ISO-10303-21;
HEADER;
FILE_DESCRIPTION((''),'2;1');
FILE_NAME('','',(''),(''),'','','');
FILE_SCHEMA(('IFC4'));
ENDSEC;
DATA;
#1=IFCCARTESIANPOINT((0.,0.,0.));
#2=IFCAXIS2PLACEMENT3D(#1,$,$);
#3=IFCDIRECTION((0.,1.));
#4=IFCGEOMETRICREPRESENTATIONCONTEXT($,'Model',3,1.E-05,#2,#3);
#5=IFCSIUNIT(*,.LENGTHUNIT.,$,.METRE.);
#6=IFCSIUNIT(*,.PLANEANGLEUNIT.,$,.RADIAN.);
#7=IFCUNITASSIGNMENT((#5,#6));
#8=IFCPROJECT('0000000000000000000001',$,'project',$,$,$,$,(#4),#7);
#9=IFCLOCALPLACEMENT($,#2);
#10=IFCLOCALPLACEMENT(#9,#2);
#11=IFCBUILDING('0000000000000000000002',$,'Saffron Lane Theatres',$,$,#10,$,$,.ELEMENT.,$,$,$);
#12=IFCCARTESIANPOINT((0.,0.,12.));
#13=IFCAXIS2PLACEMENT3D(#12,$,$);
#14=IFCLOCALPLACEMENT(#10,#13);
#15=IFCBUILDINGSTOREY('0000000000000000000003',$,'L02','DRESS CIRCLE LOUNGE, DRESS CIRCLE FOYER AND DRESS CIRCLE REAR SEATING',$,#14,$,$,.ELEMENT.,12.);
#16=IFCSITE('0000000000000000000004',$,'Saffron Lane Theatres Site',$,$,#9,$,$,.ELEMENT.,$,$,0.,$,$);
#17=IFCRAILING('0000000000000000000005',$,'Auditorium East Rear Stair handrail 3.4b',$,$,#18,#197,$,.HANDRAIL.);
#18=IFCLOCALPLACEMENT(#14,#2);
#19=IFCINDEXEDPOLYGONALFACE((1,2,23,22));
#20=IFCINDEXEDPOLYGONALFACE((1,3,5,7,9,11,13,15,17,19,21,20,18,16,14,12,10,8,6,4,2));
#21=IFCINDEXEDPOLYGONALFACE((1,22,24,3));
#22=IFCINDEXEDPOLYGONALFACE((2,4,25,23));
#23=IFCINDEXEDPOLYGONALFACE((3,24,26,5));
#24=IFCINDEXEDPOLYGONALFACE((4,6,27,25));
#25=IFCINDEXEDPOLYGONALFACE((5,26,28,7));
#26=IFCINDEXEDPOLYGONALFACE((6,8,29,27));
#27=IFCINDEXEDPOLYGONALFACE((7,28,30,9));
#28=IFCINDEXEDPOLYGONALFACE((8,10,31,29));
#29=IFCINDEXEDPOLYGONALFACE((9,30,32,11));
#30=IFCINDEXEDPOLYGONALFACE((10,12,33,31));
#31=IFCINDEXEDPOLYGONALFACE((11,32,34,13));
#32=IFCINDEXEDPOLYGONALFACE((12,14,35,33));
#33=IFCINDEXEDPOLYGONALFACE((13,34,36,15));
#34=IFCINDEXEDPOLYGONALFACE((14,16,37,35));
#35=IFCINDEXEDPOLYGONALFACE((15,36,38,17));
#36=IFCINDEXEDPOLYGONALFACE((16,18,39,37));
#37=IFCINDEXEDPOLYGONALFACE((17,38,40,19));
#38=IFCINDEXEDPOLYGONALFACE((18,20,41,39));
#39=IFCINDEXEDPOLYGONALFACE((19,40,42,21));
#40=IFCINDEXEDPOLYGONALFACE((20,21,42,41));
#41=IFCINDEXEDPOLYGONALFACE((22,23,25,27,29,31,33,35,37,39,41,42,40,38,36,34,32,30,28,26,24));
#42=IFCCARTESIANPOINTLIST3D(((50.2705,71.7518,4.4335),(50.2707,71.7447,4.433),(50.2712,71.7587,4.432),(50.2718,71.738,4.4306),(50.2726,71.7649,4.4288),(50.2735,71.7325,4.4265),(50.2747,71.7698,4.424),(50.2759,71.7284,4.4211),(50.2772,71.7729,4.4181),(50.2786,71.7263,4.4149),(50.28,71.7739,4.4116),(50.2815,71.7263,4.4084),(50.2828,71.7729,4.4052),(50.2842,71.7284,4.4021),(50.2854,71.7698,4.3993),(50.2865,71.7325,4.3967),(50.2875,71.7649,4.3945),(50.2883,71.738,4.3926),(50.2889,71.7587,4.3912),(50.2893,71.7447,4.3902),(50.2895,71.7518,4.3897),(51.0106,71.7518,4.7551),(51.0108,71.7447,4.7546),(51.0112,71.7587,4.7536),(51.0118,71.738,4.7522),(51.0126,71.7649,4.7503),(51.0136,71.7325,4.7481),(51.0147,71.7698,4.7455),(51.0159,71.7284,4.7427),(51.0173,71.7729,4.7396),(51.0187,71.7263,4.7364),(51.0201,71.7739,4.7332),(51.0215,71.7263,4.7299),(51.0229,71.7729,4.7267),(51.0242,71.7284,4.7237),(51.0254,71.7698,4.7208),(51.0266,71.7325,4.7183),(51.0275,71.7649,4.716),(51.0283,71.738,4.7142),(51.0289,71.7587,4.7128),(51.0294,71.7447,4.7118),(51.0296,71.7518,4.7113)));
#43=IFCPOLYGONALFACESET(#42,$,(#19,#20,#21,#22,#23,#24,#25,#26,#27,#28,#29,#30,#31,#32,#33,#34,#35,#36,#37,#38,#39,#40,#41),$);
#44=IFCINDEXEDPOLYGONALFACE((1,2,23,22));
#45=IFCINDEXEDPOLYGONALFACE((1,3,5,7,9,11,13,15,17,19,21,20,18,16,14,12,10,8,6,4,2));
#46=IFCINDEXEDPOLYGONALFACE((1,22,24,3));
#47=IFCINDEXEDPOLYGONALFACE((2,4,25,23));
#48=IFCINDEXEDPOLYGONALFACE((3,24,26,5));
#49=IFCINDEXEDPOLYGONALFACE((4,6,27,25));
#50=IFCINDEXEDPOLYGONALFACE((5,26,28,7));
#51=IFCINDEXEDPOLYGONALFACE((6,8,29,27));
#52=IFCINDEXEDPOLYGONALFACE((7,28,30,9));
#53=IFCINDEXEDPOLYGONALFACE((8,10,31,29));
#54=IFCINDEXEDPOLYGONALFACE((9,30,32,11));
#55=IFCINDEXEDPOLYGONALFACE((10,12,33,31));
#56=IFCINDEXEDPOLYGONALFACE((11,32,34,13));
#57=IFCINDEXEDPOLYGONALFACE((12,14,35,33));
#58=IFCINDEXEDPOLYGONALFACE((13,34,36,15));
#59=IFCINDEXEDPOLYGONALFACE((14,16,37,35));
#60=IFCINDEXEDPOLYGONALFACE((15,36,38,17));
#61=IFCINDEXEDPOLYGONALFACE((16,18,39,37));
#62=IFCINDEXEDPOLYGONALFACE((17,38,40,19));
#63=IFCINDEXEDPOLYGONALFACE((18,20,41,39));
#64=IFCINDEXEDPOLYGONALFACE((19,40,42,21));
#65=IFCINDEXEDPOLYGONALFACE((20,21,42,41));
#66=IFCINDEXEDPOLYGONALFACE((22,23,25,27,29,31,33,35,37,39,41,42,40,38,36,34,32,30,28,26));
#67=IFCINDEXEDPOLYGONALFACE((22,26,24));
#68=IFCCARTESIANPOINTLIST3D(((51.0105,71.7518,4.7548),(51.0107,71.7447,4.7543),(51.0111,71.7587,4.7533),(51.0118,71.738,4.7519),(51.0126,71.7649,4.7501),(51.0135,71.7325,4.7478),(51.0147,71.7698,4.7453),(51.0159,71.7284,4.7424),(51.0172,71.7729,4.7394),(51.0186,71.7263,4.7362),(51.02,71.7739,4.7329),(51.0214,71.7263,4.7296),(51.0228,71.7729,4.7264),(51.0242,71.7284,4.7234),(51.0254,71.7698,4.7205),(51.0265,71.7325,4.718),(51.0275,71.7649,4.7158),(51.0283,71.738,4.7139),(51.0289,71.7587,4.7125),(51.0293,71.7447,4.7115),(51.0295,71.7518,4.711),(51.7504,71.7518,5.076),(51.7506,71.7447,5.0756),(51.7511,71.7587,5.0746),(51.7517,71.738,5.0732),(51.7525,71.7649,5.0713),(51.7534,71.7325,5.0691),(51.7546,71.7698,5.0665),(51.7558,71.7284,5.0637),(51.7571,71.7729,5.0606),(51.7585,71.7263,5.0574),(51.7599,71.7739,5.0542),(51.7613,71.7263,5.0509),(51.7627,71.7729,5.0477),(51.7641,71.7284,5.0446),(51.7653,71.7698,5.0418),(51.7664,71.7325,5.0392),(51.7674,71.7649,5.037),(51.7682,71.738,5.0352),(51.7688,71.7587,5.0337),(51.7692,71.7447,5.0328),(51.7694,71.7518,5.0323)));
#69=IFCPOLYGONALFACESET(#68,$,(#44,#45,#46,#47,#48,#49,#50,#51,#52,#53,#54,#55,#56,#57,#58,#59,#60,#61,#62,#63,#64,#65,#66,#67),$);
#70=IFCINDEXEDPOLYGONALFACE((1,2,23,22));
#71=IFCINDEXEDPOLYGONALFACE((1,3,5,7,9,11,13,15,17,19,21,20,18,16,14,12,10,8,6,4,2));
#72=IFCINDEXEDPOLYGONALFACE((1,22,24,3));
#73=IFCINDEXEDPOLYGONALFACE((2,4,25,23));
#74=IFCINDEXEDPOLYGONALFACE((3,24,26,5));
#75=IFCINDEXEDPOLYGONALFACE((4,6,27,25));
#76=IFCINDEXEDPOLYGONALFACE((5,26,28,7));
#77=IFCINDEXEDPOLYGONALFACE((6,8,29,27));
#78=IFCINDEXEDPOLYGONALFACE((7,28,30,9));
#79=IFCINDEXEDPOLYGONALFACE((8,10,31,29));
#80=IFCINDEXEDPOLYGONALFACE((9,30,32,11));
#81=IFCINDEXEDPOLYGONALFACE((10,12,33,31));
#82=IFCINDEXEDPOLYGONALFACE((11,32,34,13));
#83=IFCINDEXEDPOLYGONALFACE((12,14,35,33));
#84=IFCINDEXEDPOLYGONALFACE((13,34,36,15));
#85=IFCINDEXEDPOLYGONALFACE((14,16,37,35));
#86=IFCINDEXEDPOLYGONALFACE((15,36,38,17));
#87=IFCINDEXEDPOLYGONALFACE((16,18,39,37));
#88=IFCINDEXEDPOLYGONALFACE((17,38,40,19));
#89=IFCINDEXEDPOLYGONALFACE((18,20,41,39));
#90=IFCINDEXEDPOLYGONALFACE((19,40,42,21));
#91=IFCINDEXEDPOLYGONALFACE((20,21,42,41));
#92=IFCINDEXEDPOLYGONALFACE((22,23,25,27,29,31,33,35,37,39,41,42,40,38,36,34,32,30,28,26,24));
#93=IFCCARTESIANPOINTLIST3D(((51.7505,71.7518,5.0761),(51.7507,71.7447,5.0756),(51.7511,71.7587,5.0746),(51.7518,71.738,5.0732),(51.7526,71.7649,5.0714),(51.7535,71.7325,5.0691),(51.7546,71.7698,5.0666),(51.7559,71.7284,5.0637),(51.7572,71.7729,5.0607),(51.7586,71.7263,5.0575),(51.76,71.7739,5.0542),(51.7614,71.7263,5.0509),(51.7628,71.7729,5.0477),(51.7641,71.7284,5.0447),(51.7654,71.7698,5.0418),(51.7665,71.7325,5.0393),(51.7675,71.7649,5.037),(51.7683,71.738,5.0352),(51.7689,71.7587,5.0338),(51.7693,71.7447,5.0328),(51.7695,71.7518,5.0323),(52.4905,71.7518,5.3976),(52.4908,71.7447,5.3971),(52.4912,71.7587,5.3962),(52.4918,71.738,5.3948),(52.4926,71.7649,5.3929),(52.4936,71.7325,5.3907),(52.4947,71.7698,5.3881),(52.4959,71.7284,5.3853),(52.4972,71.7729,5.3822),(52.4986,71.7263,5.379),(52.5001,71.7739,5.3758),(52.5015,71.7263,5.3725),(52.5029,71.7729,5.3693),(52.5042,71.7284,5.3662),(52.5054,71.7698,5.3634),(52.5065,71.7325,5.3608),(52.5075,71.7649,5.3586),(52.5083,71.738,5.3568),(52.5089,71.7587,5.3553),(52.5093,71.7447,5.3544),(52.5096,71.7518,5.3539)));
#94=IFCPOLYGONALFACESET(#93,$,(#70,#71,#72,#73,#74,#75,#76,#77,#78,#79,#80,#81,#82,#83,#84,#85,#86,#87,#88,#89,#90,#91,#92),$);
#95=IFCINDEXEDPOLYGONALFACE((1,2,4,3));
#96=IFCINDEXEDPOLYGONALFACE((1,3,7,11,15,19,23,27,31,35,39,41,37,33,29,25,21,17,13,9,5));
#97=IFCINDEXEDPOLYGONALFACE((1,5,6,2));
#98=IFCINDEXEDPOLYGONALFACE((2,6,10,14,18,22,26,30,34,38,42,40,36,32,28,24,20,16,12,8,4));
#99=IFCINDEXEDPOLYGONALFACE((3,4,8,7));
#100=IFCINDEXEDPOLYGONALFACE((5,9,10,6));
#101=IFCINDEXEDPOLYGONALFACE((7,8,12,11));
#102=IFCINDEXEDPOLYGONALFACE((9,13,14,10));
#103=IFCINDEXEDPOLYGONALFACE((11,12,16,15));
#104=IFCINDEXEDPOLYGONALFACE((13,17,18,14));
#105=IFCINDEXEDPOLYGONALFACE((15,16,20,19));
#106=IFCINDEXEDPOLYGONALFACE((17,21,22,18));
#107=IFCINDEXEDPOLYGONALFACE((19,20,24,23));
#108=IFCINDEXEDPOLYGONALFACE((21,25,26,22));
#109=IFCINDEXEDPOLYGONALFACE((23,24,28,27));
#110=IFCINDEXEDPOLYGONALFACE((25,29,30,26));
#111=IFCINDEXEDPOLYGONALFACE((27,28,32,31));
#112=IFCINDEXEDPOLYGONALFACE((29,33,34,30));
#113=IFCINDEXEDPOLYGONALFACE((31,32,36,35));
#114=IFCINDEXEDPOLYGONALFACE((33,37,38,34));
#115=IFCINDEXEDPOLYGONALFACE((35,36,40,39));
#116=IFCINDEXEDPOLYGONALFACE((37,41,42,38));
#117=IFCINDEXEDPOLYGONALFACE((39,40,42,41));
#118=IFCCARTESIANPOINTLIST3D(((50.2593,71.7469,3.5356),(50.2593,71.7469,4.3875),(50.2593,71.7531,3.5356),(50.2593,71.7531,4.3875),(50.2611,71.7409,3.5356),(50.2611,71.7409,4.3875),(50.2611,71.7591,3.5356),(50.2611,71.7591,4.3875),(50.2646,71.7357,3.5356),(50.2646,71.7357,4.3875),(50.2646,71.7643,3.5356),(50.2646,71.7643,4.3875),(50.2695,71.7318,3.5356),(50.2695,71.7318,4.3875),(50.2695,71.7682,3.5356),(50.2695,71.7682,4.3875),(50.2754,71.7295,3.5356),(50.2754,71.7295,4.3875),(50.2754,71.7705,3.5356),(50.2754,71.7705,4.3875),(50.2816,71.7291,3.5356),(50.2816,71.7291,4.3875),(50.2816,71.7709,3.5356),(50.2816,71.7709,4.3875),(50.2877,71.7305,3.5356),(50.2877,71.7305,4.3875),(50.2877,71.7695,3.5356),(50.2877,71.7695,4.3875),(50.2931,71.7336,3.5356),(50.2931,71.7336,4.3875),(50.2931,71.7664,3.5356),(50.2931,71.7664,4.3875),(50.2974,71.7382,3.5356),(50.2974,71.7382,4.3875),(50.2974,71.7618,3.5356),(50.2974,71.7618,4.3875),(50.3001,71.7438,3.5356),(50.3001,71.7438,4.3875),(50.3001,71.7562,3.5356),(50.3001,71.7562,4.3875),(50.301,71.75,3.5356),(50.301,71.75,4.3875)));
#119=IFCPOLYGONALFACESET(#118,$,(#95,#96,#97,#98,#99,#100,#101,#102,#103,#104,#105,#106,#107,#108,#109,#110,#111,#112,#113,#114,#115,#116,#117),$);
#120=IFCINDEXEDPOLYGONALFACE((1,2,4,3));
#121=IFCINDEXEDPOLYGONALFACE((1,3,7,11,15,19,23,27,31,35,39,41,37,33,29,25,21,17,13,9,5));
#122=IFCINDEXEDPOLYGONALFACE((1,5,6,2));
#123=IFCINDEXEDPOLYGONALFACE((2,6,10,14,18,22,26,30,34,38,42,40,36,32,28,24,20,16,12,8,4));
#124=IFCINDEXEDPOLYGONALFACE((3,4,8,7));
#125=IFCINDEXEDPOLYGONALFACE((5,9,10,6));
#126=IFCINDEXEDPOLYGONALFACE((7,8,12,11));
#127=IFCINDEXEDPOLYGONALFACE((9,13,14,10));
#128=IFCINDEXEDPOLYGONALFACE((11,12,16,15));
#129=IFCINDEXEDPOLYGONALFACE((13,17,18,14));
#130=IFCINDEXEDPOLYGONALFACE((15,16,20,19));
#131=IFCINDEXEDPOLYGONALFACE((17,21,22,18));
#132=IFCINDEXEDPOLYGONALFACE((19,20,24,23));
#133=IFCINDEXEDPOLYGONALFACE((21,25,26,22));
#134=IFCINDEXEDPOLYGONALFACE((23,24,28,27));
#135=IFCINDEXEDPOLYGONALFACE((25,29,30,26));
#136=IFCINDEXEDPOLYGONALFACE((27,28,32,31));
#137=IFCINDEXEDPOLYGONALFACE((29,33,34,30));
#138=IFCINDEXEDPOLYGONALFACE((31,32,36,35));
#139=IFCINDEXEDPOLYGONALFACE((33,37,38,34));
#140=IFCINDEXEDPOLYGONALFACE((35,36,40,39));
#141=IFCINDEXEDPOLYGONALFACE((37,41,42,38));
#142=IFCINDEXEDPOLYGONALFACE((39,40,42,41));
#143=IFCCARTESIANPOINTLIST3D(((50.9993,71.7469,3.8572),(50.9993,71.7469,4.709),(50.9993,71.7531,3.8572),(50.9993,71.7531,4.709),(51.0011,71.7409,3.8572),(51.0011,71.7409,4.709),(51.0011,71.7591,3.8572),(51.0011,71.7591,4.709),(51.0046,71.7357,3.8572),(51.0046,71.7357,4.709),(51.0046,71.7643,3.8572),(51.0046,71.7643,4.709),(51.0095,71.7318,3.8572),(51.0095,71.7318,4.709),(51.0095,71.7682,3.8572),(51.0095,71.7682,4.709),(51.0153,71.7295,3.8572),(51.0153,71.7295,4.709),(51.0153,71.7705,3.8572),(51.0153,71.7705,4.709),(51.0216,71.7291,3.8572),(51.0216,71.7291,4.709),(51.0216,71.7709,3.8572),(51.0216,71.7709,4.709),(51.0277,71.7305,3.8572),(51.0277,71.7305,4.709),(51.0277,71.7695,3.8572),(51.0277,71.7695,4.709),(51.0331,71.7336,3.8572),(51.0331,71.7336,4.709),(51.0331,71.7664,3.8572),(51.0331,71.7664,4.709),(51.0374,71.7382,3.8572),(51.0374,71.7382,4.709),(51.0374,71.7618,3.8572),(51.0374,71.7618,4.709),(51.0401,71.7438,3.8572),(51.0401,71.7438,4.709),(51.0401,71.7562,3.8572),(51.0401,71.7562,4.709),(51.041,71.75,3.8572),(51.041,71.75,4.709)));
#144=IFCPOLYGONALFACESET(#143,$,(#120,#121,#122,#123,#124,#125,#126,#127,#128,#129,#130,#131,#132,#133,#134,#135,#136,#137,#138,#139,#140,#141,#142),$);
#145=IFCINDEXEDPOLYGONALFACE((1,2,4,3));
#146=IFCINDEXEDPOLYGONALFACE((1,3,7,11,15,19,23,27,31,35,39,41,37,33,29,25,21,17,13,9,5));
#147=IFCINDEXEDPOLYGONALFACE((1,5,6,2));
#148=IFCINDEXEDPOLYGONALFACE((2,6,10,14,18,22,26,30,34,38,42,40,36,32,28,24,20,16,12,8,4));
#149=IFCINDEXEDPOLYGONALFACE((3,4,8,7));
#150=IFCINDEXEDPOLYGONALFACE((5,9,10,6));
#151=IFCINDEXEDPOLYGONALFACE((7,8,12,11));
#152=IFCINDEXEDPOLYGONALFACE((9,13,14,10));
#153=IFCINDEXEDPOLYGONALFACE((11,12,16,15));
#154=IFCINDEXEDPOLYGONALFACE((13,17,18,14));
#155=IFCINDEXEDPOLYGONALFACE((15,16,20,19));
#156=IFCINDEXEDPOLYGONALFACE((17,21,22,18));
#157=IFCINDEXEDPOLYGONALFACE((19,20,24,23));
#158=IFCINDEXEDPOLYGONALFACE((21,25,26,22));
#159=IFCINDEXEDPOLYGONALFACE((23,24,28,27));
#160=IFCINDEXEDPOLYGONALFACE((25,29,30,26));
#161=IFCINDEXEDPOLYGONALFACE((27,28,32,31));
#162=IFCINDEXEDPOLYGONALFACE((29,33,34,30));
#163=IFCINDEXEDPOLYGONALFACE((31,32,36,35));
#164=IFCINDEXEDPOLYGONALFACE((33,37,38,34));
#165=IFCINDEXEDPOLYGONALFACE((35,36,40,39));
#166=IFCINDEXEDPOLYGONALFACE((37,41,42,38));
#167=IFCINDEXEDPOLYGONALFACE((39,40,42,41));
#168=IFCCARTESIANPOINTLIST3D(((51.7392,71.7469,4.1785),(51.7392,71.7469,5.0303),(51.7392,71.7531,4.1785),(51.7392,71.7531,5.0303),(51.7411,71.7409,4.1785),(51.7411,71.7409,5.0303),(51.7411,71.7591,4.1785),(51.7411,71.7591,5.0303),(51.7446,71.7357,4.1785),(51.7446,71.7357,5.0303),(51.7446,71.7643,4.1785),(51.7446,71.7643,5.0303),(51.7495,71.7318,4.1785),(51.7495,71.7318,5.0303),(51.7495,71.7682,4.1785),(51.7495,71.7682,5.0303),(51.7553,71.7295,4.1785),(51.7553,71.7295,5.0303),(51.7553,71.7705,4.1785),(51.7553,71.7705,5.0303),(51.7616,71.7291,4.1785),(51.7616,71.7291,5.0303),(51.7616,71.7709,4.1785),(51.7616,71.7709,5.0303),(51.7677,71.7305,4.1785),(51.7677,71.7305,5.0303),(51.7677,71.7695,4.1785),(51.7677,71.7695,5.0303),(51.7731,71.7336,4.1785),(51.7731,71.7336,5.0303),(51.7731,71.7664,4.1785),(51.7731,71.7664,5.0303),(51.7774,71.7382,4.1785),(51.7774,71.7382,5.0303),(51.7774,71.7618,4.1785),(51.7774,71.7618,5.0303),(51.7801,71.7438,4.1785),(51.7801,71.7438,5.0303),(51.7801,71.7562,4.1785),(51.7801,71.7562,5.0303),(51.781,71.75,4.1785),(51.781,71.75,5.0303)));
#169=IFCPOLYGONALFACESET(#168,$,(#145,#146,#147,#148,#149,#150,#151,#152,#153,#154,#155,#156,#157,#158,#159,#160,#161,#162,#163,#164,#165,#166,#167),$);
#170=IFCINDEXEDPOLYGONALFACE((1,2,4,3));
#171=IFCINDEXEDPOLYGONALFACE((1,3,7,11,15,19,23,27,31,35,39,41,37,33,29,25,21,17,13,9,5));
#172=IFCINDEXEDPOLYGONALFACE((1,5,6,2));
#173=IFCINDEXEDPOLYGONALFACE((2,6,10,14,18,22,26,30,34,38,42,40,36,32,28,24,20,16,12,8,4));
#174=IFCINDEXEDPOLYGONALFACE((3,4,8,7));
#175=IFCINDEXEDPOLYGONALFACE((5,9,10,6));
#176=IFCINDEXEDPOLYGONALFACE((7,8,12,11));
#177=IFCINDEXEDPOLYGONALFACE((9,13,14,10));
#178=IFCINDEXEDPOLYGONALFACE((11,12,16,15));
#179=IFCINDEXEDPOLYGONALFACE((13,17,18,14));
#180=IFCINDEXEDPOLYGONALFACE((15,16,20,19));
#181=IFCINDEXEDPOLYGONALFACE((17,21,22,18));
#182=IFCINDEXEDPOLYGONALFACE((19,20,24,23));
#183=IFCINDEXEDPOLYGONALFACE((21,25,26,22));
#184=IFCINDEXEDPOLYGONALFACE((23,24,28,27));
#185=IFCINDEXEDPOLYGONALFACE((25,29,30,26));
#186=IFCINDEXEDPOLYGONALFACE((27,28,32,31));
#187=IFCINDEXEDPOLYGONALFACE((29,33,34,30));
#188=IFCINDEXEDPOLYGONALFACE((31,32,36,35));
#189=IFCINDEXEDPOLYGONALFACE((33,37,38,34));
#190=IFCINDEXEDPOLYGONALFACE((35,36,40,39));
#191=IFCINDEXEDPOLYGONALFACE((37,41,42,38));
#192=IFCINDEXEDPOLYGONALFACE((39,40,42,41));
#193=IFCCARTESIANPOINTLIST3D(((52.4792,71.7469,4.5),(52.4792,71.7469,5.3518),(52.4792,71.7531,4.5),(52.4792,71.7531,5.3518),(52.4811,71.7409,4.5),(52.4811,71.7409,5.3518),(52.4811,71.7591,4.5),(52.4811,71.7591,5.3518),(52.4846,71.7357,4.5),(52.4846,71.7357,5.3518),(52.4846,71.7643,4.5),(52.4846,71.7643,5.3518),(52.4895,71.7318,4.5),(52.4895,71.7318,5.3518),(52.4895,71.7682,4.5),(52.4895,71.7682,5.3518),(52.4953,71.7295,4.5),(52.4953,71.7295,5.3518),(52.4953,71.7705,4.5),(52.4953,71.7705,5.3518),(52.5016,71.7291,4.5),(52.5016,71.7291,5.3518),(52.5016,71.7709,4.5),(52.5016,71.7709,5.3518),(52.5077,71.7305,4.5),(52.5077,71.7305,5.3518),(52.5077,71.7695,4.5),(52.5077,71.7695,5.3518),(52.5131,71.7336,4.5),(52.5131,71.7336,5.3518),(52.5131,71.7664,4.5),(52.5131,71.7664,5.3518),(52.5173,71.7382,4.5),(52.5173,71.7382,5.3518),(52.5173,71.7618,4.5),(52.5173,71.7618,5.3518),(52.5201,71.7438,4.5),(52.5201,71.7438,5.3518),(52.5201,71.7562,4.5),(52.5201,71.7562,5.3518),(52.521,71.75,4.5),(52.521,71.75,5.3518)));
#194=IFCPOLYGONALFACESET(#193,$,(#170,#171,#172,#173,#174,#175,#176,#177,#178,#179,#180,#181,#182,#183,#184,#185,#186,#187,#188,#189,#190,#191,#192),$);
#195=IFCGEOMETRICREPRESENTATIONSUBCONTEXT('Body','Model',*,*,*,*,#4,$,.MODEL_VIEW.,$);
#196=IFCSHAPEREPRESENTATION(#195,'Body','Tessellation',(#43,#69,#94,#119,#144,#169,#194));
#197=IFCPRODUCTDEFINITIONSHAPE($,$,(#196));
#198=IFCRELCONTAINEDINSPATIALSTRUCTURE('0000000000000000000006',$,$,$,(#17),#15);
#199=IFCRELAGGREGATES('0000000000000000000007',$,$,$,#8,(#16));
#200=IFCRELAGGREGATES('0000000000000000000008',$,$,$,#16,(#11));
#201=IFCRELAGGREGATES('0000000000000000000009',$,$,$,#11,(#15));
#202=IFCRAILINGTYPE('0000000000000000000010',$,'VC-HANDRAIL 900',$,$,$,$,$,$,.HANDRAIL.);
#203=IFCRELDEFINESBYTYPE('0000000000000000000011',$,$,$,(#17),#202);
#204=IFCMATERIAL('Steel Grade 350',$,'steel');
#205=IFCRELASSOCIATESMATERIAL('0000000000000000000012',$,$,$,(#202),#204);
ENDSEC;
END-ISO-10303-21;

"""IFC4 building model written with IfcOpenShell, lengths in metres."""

from ifc_helpers import new_model, si_unit, direction, frame, origin, origin_2d, place, context, subcontext, project, spatial, circle, extrude, material, type_object, element, save


model = new_model("IFC4")

# Units and contexts
model_context = context("Model", 3, precision=1e-05, world=origin(), true_north=direction((0.0, 1.0)))
body_context = subcontext(model_context, "Body", "Model", "MODEL_VIEW")
ifc_project = project(units=[si_unit("LENGTHUNIT", "METRE"), si_unit("PLANEANGLEUNIT", "RADIAN")], contexts=[model_context])

# Site, building, storey
site_placement = place(None, origin())
site = spatial("IfcSite", under=ifc_project, at=site_placement, Name="Saffron Lane Theatres Site", CompositionType="ELEMENT", RefElevation=0.0)
building_placement = place(site_placement, origin())
building = spatial("IfcBuilding", under=site, at=building_placement, Name="Saffron Lane Theatres", CompositionType="ELEMENT")
storey_placement = place(building_placement, frame((0.0, 0.0, 12.0)))
storey = spatial("IfcBuildingStorey", under=building, at=storey_placement, Name="L02", Description="DRESS CIRCLE LOUNGE, DRESS CIRCLE FOYER AND DRESS CIRCLE REAR SEATING", CompositionType="ELEMENT", Elevation=12.0)

# Railing
ifc_material_1 = material(Name="Steel Grade 350", Category="steel")
railing_type_1 = type_object("IfcRailingType", Name="VC-HANDRAIL 900", PredefinedType="HANDRAIL", material=ifc_material_1)
railing_1_placement = place(storey_placement, frame((50.28, 71.75, 3.5356)))
element("IfcRailing", 1, at=railing_1_placement, inside=storey, type_object=railing_type_1, Name="Auditorium East Rear Stair handrail 3.4b", PredefinedType="HANDRAIL", context=body_context, shape_type="SweptSolid", body=[
    extrude(circle(Radius=0.0239, at=origin_2d()), frame((0.0, 0.0, 0.876), z_axis=(0.917161, 0.0, 0.398516), x_axis=(0.0, 1.0, 0.0)), (0.0, 0.0, 1.0), 0.8069),
    extrude(circle(Radius=0.0239, at=origin_2d()), frame((0.74, 0.0, 1.1973), z_axis=(0.917272, 0.0, 0.398261), x_axis=(0.0, 1.0, 0.0)), (0.0, 0.0, 1.0), 0.8066),
    extrude(circle(Radius=0.0239, at=origin_2d()), frame((1.48, 0.0, 1.5186), z_axis=(0.917161, 0.0, 0.398516), x_axis=(0.0, 1.0, 0.0)), (0.0, 0.0, 1.0), 0.8069),
    extrude(circle(Radius=0.021, at=origin_2d()), origin(), (0.0, 0.0, 1.0), 0.8518),
    extrude(circle(Radius=0.021, at=origin_2d()), frame((0.74, 0.0, 0.3215)), (0.0, 0.0, 1.0), 0.8518),
    extrude(circle(Radius=0.021, at=origin_2d()), frame((1.48, 0.0, 0.6428)), (0.0, 0.0, 1.0), 0.8518),
    extrude(circle(Radius=0.021, at=origin_2d()), frame((2.22, 0.0, 0.9644)), (0.0, 0.0, 1.0), 0.8518),
])

save(model, "model.ifc")
